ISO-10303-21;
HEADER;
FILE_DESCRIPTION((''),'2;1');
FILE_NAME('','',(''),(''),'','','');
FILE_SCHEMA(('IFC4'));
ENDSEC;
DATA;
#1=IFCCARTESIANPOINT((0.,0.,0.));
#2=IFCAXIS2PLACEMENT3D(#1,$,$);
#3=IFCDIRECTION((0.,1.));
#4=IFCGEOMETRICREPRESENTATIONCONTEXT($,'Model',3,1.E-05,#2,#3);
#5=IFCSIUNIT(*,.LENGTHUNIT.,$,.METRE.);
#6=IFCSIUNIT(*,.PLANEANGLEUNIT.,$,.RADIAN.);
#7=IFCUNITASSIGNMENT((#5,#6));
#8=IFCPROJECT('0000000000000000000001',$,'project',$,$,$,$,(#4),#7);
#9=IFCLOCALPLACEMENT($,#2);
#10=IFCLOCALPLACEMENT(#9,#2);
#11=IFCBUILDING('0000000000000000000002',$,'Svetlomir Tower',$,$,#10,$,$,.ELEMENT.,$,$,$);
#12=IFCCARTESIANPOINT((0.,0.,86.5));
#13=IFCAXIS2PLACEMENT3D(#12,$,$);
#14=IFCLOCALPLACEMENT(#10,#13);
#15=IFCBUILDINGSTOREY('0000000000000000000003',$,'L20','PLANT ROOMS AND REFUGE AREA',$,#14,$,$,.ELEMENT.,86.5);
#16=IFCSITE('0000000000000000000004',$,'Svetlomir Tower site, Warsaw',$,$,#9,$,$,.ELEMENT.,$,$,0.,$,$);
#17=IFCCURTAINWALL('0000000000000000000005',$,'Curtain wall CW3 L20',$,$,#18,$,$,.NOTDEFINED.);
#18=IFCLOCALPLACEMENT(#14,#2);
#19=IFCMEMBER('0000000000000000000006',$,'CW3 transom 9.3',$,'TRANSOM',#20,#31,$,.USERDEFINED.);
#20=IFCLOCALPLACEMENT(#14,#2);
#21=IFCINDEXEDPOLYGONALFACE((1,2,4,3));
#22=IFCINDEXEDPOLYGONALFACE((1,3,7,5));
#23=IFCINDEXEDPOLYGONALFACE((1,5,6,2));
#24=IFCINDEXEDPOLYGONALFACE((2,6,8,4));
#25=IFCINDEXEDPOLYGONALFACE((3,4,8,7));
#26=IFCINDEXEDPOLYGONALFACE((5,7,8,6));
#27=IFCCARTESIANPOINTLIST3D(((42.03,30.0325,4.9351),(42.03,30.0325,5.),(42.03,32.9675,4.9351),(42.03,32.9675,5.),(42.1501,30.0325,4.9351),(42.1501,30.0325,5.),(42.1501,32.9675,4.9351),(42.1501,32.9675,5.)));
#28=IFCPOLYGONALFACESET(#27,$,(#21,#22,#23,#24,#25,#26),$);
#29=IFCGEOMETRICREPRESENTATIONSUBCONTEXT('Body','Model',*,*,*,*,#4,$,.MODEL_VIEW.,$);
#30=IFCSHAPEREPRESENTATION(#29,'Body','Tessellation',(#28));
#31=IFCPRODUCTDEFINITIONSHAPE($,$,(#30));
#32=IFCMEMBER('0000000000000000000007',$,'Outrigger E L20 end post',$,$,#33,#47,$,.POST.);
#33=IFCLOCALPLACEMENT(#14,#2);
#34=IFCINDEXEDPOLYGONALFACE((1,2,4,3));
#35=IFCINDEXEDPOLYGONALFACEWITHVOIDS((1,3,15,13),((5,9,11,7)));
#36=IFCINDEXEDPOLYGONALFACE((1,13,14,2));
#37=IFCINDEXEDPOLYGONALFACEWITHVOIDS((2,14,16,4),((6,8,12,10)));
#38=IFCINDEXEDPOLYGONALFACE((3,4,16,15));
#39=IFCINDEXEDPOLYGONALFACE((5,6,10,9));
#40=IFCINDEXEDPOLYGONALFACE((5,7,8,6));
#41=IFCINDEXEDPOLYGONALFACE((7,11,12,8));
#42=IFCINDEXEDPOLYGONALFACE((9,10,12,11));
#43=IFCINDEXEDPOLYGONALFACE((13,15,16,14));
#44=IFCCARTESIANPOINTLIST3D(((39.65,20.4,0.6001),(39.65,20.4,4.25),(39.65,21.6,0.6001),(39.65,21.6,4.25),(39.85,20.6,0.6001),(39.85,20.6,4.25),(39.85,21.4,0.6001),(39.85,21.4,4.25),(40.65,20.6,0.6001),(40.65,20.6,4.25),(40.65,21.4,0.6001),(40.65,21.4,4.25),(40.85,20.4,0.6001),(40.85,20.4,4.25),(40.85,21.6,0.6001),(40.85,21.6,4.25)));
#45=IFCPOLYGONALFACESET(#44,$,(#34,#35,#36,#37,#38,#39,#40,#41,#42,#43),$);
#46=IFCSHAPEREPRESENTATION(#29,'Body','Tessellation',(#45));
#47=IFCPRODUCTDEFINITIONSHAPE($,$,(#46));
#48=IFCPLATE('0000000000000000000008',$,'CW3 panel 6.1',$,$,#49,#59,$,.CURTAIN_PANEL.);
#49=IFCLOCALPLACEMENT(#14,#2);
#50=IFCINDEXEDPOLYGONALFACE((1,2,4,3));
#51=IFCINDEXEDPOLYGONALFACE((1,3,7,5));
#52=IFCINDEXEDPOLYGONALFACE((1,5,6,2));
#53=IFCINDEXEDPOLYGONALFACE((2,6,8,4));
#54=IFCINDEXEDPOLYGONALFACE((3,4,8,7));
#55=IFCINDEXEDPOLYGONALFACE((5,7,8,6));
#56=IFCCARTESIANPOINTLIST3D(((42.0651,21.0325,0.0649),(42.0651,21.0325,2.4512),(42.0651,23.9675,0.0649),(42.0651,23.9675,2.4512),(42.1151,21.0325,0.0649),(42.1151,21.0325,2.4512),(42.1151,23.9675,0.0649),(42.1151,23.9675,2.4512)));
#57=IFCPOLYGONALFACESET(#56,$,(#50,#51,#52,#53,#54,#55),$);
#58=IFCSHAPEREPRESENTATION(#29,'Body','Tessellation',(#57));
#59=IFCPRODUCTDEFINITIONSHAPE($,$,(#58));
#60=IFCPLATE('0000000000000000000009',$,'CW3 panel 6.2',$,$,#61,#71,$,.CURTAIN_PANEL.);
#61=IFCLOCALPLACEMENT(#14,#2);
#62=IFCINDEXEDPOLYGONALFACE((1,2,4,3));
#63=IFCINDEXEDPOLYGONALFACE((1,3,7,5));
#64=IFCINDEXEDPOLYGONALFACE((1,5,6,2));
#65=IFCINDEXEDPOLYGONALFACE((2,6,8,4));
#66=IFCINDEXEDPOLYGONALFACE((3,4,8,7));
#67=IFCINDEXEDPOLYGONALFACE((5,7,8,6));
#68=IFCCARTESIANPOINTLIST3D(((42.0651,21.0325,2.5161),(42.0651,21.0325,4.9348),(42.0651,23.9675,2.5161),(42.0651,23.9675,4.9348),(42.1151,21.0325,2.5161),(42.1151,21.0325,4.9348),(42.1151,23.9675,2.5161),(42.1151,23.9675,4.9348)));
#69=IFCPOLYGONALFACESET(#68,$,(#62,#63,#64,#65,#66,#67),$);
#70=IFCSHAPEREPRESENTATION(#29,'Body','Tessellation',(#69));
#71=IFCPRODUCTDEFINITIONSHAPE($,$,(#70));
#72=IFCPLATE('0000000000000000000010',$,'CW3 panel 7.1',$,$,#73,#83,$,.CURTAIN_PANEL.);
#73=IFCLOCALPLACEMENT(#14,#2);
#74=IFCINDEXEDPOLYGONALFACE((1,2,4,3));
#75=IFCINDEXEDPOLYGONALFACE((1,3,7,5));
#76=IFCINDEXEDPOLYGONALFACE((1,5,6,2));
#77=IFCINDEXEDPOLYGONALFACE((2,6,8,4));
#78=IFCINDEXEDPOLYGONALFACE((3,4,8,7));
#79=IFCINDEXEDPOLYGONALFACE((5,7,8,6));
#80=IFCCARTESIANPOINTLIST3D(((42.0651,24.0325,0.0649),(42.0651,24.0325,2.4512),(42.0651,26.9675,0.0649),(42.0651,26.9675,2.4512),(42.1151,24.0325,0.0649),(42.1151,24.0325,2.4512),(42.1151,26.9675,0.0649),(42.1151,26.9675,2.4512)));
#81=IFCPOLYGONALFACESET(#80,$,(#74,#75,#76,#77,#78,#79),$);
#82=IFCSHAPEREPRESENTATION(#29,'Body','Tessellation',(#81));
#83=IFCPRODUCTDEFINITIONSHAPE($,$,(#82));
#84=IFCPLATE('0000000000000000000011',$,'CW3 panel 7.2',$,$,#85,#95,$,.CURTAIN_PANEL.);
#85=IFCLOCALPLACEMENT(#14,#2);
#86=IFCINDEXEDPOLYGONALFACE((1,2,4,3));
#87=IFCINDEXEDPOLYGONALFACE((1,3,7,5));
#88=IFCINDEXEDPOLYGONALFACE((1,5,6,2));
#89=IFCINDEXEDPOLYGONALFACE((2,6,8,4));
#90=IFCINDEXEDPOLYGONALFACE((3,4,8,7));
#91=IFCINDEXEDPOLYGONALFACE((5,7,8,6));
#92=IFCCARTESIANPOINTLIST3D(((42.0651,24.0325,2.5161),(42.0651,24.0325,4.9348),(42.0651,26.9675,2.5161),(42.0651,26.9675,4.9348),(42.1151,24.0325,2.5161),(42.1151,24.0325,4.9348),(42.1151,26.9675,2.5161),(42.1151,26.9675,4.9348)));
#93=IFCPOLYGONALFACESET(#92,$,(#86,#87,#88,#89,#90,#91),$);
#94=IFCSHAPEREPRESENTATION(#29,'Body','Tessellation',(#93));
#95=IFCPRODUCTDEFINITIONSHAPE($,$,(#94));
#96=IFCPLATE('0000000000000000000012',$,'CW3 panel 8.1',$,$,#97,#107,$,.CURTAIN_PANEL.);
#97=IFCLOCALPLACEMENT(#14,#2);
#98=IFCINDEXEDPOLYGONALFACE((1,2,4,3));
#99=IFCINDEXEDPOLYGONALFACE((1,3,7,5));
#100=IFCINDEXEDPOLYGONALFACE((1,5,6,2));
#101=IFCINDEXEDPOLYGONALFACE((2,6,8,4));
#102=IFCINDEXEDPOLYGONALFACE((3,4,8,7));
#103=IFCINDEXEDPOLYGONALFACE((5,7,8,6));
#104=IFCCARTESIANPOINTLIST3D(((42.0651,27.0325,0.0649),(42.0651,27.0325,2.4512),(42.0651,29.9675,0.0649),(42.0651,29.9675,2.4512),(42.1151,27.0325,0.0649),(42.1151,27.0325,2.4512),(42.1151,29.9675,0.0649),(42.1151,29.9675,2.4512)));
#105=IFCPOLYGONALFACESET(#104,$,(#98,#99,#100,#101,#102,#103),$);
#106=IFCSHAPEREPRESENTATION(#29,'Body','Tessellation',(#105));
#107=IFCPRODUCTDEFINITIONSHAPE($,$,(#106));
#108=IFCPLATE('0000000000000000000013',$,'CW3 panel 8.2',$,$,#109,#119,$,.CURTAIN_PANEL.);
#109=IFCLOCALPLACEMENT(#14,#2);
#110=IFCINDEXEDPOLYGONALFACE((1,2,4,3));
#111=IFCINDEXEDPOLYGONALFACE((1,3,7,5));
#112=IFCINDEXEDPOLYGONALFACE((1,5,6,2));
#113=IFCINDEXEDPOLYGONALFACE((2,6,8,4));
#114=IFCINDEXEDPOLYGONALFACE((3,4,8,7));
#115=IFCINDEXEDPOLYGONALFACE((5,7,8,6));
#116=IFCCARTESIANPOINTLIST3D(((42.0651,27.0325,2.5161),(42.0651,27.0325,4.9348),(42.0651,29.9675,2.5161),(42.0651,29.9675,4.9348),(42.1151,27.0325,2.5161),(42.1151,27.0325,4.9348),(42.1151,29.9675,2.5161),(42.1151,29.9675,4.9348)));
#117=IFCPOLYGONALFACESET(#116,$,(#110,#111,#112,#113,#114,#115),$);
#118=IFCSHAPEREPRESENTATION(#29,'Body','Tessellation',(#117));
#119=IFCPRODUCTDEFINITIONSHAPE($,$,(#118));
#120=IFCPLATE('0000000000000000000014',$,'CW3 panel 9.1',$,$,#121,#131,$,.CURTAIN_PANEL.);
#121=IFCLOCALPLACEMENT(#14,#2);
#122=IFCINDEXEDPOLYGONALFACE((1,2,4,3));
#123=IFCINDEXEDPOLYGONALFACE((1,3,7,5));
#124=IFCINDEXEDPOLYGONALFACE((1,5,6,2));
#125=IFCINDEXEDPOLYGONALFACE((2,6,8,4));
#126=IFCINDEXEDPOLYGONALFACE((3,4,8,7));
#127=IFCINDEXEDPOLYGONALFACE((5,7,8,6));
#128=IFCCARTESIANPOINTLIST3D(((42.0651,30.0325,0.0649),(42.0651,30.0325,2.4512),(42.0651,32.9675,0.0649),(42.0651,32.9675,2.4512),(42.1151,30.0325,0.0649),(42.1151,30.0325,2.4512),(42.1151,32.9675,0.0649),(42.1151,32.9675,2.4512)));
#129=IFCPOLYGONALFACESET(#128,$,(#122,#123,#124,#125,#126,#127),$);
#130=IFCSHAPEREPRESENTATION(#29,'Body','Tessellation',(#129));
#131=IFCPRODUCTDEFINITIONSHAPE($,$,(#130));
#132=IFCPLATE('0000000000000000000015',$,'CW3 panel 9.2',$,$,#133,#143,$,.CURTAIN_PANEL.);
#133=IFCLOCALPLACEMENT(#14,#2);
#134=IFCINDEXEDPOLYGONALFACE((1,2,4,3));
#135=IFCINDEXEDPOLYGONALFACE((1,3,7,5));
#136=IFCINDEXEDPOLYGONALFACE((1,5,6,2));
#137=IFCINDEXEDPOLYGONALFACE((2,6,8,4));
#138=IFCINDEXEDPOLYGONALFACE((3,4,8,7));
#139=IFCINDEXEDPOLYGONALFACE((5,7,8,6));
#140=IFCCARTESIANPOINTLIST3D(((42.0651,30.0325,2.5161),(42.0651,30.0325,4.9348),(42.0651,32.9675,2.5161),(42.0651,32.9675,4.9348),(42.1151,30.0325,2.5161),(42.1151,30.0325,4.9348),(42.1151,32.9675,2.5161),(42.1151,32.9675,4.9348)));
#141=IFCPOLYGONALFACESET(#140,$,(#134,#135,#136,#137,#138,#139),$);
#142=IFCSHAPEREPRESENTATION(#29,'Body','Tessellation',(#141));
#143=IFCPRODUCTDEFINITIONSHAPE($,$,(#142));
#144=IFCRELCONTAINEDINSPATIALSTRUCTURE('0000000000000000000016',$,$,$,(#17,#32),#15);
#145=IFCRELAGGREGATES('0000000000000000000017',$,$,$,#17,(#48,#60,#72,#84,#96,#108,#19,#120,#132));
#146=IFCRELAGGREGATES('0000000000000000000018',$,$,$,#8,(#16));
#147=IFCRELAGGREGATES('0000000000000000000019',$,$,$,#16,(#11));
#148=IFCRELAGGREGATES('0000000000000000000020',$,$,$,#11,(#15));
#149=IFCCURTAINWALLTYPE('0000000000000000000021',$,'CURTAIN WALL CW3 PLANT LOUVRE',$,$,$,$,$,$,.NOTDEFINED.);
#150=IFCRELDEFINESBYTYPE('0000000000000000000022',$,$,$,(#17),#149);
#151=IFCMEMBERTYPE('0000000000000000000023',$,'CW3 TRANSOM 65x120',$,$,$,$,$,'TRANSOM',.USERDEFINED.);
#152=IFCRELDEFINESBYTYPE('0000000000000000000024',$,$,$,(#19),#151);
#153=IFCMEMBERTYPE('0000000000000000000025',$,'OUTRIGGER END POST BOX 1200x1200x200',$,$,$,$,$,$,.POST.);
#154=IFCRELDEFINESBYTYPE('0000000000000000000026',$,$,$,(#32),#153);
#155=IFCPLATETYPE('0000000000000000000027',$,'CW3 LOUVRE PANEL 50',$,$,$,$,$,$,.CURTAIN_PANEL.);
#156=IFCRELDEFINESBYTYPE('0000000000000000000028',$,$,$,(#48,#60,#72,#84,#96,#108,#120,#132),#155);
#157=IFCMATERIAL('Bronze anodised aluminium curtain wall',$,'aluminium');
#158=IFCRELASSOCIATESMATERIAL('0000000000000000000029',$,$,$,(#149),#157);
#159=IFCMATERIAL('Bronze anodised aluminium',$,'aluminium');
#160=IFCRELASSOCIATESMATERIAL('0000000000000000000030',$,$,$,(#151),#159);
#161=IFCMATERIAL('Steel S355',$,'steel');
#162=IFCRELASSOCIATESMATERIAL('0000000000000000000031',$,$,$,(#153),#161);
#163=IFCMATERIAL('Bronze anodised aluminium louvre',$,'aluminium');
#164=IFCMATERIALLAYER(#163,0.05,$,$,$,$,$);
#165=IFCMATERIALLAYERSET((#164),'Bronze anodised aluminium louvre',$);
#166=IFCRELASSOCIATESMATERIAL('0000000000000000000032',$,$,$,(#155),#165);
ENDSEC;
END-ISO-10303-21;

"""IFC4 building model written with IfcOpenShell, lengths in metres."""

from ifc_helpers import new_model, si_unit, direction, frame, origin, origin_2d, place, context, subcontext, project, spatial, rectangle, hollow_rectangle, extrude, material, layer, layer_set, material_profile, profile_set, type_object, element, aggregate, save


model = new_model("IFC4")

# Units and contexts
model_context = context("Model", 3, precision=1e-05, world=origin(), true_north=direction((0.0, 1.0)))
body_context = subcontext(model_context, "Body", "Model", "MODEL_VIEW")
ifc_project = project(units=[si_unit("LENGTHUNIT", "METRE"), si_unit("PLANEANGLEUNIT", "RADIAN")], contexts=[model_context])

# Site, building, storey
site_placement = place(None, origin())
site = spatial("IfcSite", under=ifc_project, at=site_placement, Name="Svetlomir Tower site, Warsaw", CompositionType="ELEMENT", RefElevation=0.0)
building_placement = place(site_placement, origin())
building = spatial("IfcBuilding", under=site, at=building_placement, Name="Svetlomir Tower", CompositionType="ELEMENT")
storey_placement = place(building_placement, frame((0.0, 0.0, 86.5)))
storey = spatial("IfcBuildingStorey", under=building, at=storey_placement, Name="L20", Description="PLANT ROOMS AND REFUGE AREA", CompositionType="ELEMENT", Elevation=86.5)

# Curtain wall, member
ifc_material_1 = material(Name="Bronze anodised aluminium curtain wall", Category="aluminium")
curtain_wall_type = type_object("IfcCurtainWallType", Name="CURTAIN WALL CW3 PLANT LOUVRE", PredefinedType="NOTDEFINED", material=ifc_material_1)
curtain_wall_placement = place(storey_placement, origin())
curtain_wall = element("IfcCurtainWall", 1, at=curtain_wall_placement, inside=storey, type_object=curtain_wall_type, Name="Curtain wall CW3 L20", PredefinedType="NOTDEFINED")
ifc_material_2 = material(Name="Bronze anodised aluminium", Category="aluminium")
ifc_material_profile_1 = material_profile(ifc_material_2, rectangle(XDim=0.1201, YDim=0.0649, at=origin_2d()), Name="AL 120x65")
ifc_profile_set_1 = profile_set([ifc_material_profile_1], Name="Bronze anodised aluminium 6063-T6")
member_type_1 = type_object("IfcMemberType", Name="CW3 TRANSOM 65x120", ElementType="TRANSOM", PredefinedType="USERDEFINED", material=ifc_profile_set_1)
member_1_placement = place(storey_placement, frame((42.0901, 30.0325, 4.9675), z_axis=(0.0, 1.0, 0.0), x_axis=(-1.0, 0.0, 0.0)))
member_1 = element("IfcMember", 2, at=member_1_placement, type_object=member_type_1, Name="CW3 transom 9.3", ObjectType="TRANSOM", PredefinedType="USERDEFINED", context=body_context, shape_type="SweptSolid", body=[
    extrude(rectangle(XDim=0.1201, YDim=0.0649, at=origin_2d()), origin(), (0.0, 0.0, 1.0), 2.9351),
])

# Member
ifc_material_3 = material(Name="Steel S355", Category="steel")
ifc_material_profile_2 = material_profile(ifc_material_3, hollow_rectangle(XDim=1.2, YDim=1.2, WallThickness=0.2, at=origin_2d()), Name="BOX 1200x1200x200")
ifc_profile_set_2 = profile_set([ifc_material_profile_2], Name="Steel S355")
member_type_2 = type_object("IfcMemberType", Name="OUTRIGGER END POST BOX 1200x1200x200", PredefinedType="POST", material=ifc_profile_set_2)
member_2_placement = place(storey_placement, frame((40.25, 21.0, 0.6001), z_axis=(0.0, 0.0, 1.0), x_axis=(1.0, 0.0, 0.0)))
element("IfcMember", 3, at=member_2_placement, inside=storey, type_object=member_type_2, Name="Outrigger E L20 end post", PredefinedType="POST", context=body_context, shape_type="SweptSolid", body=[
    extrude(hollow_rectangle(XDim=1.2, YDim=1.2, WallThickness=0.2, at=origin_2d()), origin(), (0.0, 0.0, 1.0), 3.6499),
])

# Plates
ifc_material_4 = material(Name="Bronze anodised aluminium louvre", Category="aluminium")
ifc_layer = layer(ifc_material_4, 0.05)
ifc_layer_set = layer_set([ifc_layer], Name="Bronze anodised aluminium louvre")
plate_type = type_object("IfcPlateType", Name="CW3 LOUVRE PANEL 50", PredefinedType="CURTAIN_PANEL", material=ifc_layer_set)
plate_1_placement = place(storey_placement, frame((42.0901, 22.5, 0.0649), z_axis=(0.0, 0.0, 1.0), x_axis=(0.0, 1.0, 0.0)))
plate_1 = element("IfcPlate", 4, at=plate_1_placement, type_object=plate_type, Name="CW3 panel 6.1", PredefinedType="CURTAIN_PANEL", context=body_context, shape_type="SweptSolid", body=[
    extrude(rectangle(XDim=2.9351, YDim=0.05, at=origin_2d()), origin(), (0.0, 0.0, 1.0), 2.3862),
])
plate_2_placement = place(storey_placement, frame((42.0901, 22.5, 2.5161), z_axis=(0.0, 0.0, 1.0), x_axis=(0.0, 1.0, 0.0)))
plate_2 = element("IfcPlate", 5, at=plate_2_placement, type_object=plate_type, Name="CW3 panel 6.2", PredefinedType="CURTAIN_PANEL", context=body_context, shape_type="SweptSolid", body=[
    extrude(rectangle(XDim=2.9351, YDim=0.05, at=origin_2d()), origin(), (0.0, 0.0, 1.0), 2.4187),
])
plate_3_placement = place(storey_placement, frame((42.0901, 25.5, 0.0649), z_axis=(0.0, 0.0, 1.0), x_axis=(0.0, 1.0, 0.0)))
plate_3 = element("IfcPlate", 6, at=plate_3_placement, type_object=plate_type, Name="CW3 panel 7.1", PredefinedType="CURTAIN_PANEL", context=body_context, shape_type="SweptSolid", body=[
    extrude(rectangle(XDim=2.9351, YDim=0.05, at=origin_2d()), origin(), (0.0, 0.0, 1.0), 2.3862),
])
plate_4_placement = place(storey_placement, frame((42.0901, 25.5, 2.5161), z_axis=(0.0, 0.0, 1.0), x_axis=(0.0, 1.0, 0.0)))
plate_4 = element("IfcPlate", 7, at=plate_4_placement, type_object=plate_type, Name="CW3 panel 7.2", PredefinedType="CURTAIN_PANEL", context=body_context, shape_type="SweptSolid", body=[
    extrude(rectangle(XDim=2.9351, YDim=0.05, at=origin_2d()), origin(), (0.0, 0.0, 1.0), 2.4187),
])
plate_5_placement = place(storey_placement, frame((42.0901, 28.5, 0.0649), z_axis=(0.0, 0.0, 1.0), x_axis=(0.0, 1.0, 0.0)))
plate_5 = element("IfcPlate", 8, at=plate_5_placement, type_object=plate_type, Name="CW3 panel 8.1", PredefinedType="CURTAIN_PANEL", context=body_context, shape_type="SweptSolid", body=[
    extrude(rectangle(XDim=2.9351, YDim=0.05, at=origin_2d()), origin(), (0.0, 0.0, 1.0), 2.3862),
])
plate_6_placement = place(storey_placement, frame((42.0901, 28.5, 2.5161), z_axis=(0.0, 0.0, 1.0), x_axis=(0.0, 1.0, 0.0)))
plate_6 = element("IfcPlate", 9, at=plate_6_placement, type_object=plate_type, Name="CW3 panel 8.2", PredefinedType="CURTAIN_PANEL", context=body_context, shape_type="SweptSolid", body=[
    extrude(rectangle(XDim=2.9351, YDim=0.05, at=origin_2d()), origin(), (0.0, 0.0, 1.0), 2.4187),
])
plate_7_placement = place(storey_placement, frame((42.0901, 31.5, 0.0649), z_axis=(0.0, 0.0, 1.0), x_axis=(0.0, 1.0, 0.0)))
plate_7 = element("IfcPlate", 10, at=plate_7_placement, type_object=plate_type, Name="CW3 panel 9.1", PredefinedType="CURTAIN_PANEL", context=body_context, shape_type="SweptSolid", body=[
    extrude(rectangle(XDim=2.9351, YDim=0.05, at=origin_2d()), origin(), (0.0, 0.0, 1.0), 2.3862),
])
plate_8_placement = place(storey_placement, frame((42.0901, 31.5, 2.5161), z_axis=(0.0, 0.0, 1.0), x_axis=(0.0, 1.0, 0.0)))
plate_8 = element("IfcPlate", 11, at=plate_8_placement, type_object=plate_type, Name="CW3 panel 9.2", PredefinedType="CURTAIN_PANEL", context=body_context, shape_type="SweptSolid", body=[
    extrude(rectangle(XDim=2.9351, YDim=0.05, at=origin_2d()), origin(), (0.0, 0.0, 1.0), 2.4187),
])
aggregate(curtain_wall, [plate_1, plate_2, plate_3, plate_4, plate_5, plate_6, member_1, plate_7, plate_8])

save(model, "model.ifc")
